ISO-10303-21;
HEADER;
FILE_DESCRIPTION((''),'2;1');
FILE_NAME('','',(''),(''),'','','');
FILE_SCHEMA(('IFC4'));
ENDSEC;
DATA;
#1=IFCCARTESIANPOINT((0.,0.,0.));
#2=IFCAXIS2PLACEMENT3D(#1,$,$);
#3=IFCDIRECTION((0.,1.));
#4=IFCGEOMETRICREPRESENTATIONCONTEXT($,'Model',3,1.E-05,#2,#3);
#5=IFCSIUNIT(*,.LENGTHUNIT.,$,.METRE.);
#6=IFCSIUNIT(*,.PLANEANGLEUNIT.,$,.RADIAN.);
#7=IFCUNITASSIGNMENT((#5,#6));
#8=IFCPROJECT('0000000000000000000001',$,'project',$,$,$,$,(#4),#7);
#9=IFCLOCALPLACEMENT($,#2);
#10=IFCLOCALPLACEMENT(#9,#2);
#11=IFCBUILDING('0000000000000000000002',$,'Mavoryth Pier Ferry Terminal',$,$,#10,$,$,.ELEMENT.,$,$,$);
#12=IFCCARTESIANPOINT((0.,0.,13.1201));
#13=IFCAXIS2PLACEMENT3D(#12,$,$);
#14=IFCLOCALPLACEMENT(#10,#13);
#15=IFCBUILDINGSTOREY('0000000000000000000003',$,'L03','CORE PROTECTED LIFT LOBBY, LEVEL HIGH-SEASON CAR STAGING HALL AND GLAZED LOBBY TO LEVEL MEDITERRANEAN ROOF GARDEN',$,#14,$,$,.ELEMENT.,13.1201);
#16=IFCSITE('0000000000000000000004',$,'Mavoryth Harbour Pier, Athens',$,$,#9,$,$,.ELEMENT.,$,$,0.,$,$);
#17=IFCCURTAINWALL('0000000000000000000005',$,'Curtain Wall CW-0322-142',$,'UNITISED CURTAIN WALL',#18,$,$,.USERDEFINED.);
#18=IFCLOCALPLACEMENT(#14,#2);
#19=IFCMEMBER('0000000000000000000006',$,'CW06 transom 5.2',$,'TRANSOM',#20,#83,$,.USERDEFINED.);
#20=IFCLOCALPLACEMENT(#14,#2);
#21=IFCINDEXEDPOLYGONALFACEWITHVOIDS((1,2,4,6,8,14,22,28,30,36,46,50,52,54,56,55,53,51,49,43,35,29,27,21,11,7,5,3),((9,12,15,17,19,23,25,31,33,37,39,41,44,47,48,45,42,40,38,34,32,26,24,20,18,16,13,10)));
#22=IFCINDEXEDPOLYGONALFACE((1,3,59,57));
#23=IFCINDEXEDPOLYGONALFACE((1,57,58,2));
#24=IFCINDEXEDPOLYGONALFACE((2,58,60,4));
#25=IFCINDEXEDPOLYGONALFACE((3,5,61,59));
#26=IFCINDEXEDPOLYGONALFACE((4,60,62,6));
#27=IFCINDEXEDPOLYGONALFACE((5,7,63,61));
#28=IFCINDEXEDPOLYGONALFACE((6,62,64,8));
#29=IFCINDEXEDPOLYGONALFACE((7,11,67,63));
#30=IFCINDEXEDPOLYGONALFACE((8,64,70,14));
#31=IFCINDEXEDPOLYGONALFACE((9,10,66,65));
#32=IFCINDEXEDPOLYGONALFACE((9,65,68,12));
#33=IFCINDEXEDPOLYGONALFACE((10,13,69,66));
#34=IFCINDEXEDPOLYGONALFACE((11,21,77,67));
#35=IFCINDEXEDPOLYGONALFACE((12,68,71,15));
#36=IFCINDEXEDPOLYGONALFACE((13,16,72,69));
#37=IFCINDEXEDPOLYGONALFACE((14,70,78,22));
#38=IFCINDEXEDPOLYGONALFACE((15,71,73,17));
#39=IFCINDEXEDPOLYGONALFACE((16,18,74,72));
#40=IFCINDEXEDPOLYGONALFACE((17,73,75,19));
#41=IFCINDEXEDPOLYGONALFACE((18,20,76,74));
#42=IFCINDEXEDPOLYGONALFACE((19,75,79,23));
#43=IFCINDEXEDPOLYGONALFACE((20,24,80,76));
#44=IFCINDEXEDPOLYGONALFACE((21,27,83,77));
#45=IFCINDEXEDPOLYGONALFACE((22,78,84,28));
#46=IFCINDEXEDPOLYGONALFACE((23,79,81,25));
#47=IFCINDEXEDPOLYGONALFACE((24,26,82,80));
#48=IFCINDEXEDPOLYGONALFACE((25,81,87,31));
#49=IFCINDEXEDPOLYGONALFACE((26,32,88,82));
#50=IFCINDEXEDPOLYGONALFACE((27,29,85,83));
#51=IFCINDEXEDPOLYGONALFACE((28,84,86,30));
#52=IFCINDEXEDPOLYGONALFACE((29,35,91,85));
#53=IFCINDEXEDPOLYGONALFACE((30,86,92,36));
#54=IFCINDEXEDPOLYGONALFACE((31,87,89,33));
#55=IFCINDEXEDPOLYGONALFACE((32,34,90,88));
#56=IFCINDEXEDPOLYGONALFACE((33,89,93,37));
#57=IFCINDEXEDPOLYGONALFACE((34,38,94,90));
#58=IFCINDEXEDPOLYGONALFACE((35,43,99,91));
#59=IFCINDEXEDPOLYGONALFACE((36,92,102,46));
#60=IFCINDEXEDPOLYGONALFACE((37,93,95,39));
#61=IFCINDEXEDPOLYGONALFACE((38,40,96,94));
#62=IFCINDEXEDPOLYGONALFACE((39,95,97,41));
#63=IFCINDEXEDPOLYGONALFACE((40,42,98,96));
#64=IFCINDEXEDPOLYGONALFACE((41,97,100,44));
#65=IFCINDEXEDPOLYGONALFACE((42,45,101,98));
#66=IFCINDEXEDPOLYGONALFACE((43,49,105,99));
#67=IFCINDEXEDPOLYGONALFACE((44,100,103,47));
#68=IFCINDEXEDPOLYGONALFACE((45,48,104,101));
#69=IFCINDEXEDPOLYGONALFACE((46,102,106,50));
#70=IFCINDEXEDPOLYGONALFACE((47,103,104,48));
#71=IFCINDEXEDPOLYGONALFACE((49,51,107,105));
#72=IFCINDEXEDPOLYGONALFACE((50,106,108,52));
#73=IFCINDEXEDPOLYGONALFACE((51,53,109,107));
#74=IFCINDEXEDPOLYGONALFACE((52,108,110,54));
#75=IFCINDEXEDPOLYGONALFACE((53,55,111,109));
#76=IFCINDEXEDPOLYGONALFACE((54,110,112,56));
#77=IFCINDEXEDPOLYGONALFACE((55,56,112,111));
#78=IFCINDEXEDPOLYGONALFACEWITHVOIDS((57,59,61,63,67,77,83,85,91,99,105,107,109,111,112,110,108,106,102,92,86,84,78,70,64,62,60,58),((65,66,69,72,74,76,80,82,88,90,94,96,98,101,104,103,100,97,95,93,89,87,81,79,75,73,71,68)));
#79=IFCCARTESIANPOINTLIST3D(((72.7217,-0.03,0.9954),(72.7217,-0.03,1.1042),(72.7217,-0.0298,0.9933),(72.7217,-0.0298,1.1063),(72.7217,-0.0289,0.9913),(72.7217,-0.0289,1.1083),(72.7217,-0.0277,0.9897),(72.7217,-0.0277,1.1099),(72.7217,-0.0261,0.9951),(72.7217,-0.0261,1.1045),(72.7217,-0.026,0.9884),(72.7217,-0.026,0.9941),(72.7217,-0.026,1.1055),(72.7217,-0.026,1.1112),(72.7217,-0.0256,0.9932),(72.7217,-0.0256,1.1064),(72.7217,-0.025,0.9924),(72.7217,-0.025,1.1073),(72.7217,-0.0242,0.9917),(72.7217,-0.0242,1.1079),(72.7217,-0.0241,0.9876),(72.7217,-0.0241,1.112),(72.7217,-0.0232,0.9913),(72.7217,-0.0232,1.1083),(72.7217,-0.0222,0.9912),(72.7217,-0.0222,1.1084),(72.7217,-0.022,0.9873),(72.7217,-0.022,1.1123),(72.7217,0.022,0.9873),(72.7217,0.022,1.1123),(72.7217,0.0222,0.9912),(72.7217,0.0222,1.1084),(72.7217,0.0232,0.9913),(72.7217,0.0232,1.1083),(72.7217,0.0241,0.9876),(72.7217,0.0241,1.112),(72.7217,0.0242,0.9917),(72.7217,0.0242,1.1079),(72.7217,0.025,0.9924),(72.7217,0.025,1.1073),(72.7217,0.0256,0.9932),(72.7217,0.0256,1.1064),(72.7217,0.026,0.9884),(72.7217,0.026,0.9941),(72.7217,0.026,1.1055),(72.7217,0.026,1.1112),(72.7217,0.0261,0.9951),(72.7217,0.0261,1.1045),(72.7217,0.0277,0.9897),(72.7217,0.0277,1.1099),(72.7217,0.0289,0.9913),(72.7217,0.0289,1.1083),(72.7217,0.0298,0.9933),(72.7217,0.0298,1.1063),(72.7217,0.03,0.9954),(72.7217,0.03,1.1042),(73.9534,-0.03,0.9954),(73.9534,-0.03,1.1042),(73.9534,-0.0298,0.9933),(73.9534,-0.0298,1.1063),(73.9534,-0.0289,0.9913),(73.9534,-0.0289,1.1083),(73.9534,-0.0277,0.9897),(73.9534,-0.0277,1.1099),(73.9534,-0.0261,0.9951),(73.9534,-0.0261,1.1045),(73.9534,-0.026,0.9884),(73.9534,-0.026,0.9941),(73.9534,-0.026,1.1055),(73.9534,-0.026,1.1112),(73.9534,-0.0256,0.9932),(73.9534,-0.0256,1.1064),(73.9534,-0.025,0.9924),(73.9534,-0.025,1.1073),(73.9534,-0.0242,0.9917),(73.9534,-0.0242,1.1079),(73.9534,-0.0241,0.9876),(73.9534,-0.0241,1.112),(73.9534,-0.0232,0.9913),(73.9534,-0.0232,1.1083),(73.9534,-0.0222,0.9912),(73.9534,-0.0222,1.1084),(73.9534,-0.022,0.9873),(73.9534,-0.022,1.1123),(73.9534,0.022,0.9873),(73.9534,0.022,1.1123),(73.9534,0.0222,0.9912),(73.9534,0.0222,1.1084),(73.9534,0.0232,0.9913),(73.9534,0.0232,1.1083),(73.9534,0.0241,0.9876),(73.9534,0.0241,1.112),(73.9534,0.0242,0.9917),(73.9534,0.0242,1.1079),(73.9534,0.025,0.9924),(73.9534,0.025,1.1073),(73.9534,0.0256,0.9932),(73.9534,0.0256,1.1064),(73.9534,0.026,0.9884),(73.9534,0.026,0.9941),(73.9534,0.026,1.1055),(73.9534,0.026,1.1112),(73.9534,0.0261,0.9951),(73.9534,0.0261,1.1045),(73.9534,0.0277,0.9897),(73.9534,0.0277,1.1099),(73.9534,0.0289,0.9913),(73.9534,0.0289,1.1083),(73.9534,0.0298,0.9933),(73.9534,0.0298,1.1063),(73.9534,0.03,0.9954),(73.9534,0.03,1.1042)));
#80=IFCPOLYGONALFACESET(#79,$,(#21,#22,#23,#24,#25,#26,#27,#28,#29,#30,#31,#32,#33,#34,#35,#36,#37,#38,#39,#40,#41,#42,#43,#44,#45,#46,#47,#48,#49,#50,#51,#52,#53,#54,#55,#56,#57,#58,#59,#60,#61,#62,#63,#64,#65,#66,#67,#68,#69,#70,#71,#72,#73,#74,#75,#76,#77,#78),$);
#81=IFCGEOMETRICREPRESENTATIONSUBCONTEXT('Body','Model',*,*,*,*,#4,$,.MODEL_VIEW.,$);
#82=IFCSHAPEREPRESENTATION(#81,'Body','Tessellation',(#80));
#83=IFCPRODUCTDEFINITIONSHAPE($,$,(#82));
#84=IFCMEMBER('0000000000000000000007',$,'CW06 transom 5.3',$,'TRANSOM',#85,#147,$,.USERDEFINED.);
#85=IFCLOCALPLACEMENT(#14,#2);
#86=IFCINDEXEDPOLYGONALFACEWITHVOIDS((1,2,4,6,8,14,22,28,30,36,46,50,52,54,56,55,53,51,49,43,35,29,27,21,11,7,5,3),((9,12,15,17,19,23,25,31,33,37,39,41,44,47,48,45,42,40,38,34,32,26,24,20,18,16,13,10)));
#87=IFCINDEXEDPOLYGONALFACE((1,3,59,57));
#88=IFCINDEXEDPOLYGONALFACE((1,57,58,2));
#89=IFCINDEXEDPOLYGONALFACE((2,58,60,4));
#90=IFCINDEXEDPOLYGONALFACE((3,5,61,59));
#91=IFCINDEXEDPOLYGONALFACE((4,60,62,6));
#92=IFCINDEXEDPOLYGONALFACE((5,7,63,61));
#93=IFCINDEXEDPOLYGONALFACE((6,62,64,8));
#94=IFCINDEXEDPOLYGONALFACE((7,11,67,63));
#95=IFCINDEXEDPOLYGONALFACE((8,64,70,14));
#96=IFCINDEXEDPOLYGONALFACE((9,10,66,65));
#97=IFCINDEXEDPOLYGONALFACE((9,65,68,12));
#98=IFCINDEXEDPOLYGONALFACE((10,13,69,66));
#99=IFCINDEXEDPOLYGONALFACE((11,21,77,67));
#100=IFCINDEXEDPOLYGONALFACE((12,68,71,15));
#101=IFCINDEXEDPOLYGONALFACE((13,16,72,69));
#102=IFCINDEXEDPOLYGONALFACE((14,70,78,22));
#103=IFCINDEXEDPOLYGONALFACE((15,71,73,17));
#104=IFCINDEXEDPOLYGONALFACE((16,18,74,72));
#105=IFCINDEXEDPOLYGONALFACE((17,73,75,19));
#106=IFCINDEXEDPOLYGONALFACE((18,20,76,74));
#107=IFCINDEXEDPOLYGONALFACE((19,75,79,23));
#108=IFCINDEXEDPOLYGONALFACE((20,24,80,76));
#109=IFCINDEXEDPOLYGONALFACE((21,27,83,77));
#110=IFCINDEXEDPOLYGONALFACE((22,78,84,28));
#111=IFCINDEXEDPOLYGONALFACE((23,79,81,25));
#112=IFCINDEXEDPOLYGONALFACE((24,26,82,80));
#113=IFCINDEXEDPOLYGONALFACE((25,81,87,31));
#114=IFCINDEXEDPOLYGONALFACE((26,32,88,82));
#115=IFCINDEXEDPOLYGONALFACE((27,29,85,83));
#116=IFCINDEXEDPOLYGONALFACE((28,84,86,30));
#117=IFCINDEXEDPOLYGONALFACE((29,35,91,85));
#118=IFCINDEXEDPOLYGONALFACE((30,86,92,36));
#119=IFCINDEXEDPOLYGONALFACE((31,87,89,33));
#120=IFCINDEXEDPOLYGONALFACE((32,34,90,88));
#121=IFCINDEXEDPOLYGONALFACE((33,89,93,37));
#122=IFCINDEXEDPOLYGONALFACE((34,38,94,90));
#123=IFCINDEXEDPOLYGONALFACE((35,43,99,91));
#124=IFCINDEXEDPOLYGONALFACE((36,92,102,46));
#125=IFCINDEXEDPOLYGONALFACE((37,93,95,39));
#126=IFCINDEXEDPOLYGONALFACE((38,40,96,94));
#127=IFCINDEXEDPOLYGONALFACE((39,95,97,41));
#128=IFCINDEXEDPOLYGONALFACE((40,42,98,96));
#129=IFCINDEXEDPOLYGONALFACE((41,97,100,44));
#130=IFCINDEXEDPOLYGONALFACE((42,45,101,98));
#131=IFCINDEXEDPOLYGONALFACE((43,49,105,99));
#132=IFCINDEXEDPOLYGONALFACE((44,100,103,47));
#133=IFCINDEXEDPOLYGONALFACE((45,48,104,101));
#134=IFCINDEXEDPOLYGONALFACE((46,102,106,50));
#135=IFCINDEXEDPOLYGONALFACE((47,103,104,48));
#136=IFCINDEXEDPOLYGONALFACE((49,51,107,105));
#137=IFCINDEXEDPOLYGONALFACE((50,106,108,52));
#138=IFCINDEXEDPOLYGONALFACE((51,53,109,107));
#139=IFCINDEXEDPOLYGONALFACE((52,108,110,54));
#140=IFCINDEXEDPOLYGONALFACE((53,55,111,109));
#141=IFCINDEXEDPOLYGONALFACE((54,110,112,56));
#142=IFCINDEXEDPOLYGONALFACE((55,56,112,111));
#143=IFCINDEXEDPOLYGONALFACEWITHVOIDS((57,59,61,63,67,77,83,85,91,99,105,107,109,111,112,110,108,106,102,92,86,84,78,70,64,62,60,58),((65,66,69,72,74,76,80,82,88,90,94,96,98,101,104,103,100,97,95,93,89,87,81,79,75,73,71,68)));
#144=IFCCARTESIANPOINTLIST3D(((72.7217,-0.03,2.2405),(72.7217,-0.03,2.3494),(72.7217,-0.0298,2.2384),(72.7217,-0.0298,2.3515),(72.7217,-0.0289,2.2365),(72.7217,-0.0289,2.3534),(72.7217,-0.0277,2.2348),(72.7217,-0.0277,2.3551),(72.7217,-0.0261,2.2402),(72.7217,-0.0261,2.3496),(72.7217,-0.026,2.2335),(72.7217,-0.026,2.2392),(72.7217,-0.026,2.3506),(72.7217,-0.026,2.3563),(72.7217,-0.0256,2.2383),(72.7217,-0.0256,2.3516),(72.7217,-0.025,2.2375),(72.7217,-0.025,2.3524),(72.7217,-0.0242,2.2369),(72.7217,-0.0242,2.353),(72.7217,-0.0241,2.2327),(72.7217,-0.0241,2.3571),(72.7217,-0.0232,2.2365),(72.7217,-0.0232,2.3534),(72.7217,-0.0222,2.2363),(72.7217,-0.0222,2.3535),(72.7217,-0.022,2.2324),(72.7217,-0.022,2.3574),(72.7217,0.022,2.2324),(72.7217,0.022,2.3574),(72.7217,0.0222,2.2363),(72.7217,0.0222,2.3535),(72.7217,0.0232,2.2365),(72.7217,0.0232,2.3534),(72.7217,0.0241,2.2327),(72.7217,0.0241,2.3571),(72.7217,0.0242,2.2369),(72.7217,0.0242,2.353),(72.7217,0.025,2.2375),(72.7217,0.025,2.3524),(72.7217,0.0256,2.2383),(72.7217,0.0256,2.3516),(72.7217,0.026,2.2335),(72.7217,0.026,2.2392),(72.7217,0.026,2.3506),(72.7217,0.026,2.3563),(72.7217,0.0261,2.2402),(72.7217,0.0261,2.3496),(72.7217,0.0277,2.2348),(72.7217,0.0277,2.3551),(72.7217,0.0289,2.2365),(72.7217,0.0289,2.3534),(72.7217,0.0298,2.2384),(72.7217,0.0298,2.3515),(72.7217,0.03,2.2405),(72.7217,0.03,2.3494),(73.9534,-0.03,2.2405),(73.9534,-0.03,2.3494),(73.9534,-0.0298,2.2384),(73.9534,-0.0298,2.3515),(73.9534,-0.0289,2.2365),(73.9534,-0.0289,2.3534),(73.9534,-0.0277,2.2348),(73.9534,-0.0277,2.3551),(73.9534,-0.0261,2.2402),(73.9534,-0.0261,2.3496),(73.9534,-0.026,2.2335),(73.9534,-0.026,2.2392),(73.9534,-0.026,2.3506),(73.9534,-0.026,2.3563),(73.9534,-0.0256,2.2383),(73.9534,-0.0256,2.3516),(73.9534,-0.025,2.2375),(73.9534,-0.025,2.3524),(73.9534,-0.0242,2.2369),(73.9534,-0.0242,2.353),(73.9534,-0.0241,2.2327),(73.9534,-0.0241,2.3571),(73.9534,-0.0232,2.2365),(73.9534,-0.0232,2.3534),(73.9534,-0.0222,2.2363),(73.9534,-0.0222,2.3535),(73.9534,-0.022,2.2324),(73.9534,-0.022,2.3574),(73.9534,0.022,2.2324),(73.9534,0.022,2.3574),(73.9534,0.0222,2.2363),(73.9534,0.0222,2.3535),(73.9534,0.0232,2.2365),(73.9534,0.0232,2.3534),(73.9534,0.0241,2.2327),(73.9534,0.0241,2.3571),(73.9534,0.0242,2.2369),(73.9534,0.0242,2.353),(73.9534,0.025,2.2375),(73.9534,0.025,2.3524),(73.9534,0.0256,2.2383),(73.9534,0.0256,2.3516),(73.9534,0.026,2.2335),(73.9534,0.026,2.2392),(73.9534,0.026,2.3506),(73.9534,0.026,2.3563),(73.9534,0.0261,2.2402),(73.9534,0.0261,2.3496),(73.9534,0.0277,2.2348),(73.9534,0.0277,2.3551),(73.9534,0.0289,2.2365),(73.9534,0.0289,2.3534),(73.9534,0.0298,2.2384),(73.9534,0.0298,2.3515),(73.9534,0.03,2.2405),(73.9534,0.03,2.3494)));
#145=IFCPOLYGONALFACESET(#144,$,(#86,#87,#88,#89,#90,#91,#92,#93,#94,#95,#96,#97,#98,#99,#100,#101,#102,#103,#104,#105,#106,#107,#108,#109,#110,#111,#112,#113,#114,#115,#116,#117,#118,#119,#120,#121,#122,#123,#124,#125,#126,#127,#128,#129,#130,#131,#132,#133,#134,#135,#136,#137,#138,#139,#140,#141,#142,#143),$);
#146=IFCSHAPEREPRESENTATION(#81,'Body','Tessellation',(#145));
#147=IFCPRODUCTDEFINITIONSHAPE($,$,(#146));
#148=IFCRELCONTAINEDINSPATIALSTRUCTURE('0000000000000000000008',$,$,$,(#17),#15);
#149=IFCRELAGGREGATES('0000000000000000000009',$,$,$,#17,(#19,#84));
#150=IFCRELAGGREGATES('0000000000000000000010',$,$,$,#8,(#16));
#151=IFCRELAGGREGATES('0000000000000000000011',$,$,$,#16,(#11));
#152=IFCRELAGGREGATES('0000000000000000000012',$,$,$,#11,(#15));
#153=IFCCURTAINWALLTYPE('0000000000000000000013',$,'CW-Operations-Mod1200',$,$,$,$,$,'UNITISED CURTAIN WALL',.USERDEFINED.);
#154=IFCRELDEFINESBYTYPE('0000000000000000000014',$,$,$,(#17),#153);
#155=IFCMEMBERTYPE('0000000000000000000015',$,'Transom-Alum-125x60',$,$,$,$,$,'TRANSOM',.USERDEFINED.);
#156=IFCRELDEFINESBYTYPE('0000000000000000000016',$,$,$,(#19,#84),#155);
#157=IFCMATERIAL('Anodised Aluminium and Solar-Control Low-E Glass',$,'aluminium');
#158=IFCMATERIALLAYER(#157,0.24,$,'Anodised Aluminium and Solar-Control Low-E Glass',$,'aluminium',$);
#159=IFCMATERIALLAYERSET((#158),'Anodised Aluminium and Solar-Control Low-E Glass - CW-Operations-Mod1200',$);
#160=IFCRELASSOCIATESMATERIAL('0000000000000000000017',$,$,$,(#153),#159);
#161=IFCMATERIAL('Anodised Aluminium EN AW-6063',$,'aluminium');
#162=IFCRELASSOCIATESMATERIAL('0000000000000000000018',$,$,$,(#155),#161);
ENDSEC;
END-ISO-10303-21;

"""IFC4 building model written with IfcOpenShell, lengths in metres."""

from ifc_helpers import new_model, si_unit, direction, frame, origin, origin_2d, place, context, subcontext, project, spatial, hollow_rectangle, extrude, material, layer, layer_set, material_profile, profile_set, type_object, element, aggregate, save


model = new_model("IFC4")

# Units and contexts
model_context = context("Model", 3, precision=1e-05, world=origin(), true_north=direction((0.0, 1.0)))
body_context = subcontext(model_context, "Body", "Model", "MODEL_VIEW")
ifc_project = project(units=[si_unit("LENGTHUNIT", "METRE"), si_unit("PLANEANGLEUNIT", "RADIAN")], contexts=[model_context])

# Site, building, storey
site_placement = place(None, origin())
site = spatial("IfcSite", under=ifc_project, at=site_placement, Name="Mavoryth Harbour Pier, Athens", CompositionType="ELEMENT", RefElevation=0.0)
building_placement = place(site_placement, origin())
building = spatial("IfcBuilding", under=site, at=building_placement, Name="Mavoryth Pier Ferry Terminal", CompositionType="ELEMENT")
storey_placement = place(building_placement, frame((0.0, 0.0, 13.1201)))
storey = spatial("IfcBuildingStorey", under=building, at=storey_placement, Name="L03", Description="CORE PROTECTED LIFT LOBBY, LEVEL HIGH-SEASON CAR STAGING HALL AND GLAZED LOBBY TO LEVEL MEDITERRANEAN ROOF GARDEN", CompositionType="ELEMENT", Elevation=13.1201)

# Curtain wall, members
ifc_material_1 = material(Name="Anodised Aluminium and Solar-Control Low-E Glass", Category="aluminium")
ifc_layer_1 = layer(ifc_material_1, 0.24, Name="Anodised Aluminium and Solar-Control Low-E Glass", Category="aluminium")
ifc_layer_set_1 = layer_set([ifc_layer_1], Name="Anodised Aluminium and Solar-Control Low-E Glass - CW-Operations-Mod1200")
curtain_wall_type = type_object("IfcCurtainWallType", Name="CW-Operations-Mod1200", ElementType="UNITISED CURTAIN WALL", PredefinedType="USERDEFINED", material=ifc_layer_set_1)
curtain_wall_placement = place(storey_placement, origin())
curtain_wall = element("IfcCurtainWall", 1, at=curtain_wall_placement, inside=storey, type_object=curtain_wall_type, Name="Curtain Wall CW-0322-142", ObjectType="UNITISED CURTAIN WALL", PredefinedType="USERDEFINED")
ifc_material_2 = material(Name="Anodised Aluminium EN AW-6063", Category="aluminium")
ifc_material_profile_1 = material_profile(ifc_material_2, hollow_rectangle(XDim=0.0601, YDim=0.125, WallThickness=0.0039, InnerFilletRadius=0.0039, OuterFilletRadius=0.0081, at=origin_2d()), Name="AL-TRAN 125x60x4", Category="aluminium")
ifc_profile_set_1 = profile_set([ifc_material_profile_1], Name="Anodised Aluminium EN AW-6063 - AL-TRAN 125x60x4")
member_type_1 = type_object("IfcMemberType", Name="Transom-Alum-125x60", ElementType="TRANSOM", PredefinedType="USERDEFINED", material=ifc_profile_set_1)
member_1_placement = place(storey_placement, frame((72.7217, 0.0, 1.0498), z_axis=(1.0, 0.0, 0.0), x_axis=(0.0, 1.0, 0.0)))
member_1 = element("IfcMember", 2, at=member_1_placement, type_object=member_type_1, Name="CW06 transom 5.2", ObjectType="TRANSOM", PredefinedType="USERDEFINED", context=body_context, shape_type="SweptSolid", body=[
    extrude(hollow_rectangle(XDim=0.0601, YDim=0.125, WallThickness=0.0039, InnerFilletRadius=0.0039, OuterFilletRadius=0.0081, at=origin_2d()), origin(), (0.0, 0.0, 1.0), 1.2317),
])
member_2_placement = place(storey_placement, frame((72.7217, 0.0, 2.2949), z_axis=(1.0, 0.0, 0.0), x_axis=(0.0, 1.0, 0.0)))
member_2 = element("IfcMember", 3, at=member_2_placement, type_object=member_type_1, Name="CW06 transom 5.3", ObjectType="TRANSOM", PredefinedType="USERDEFINED", context=body_context, shape_type="SweptSolid", body=[
    extrude(hollow_rectangle(XDim=0.0601, YDim=0.125, WallThickness=0.0039, InnerFilletRadius=0.0039, OuterFilletRadius=0.0081, at=origin_2d()), origin(), (0.0, 0.0, 1.0), 1.2317),
])
aggregate(curtain_wall, [member_1, member_2])

save(model, "model.ifc")
